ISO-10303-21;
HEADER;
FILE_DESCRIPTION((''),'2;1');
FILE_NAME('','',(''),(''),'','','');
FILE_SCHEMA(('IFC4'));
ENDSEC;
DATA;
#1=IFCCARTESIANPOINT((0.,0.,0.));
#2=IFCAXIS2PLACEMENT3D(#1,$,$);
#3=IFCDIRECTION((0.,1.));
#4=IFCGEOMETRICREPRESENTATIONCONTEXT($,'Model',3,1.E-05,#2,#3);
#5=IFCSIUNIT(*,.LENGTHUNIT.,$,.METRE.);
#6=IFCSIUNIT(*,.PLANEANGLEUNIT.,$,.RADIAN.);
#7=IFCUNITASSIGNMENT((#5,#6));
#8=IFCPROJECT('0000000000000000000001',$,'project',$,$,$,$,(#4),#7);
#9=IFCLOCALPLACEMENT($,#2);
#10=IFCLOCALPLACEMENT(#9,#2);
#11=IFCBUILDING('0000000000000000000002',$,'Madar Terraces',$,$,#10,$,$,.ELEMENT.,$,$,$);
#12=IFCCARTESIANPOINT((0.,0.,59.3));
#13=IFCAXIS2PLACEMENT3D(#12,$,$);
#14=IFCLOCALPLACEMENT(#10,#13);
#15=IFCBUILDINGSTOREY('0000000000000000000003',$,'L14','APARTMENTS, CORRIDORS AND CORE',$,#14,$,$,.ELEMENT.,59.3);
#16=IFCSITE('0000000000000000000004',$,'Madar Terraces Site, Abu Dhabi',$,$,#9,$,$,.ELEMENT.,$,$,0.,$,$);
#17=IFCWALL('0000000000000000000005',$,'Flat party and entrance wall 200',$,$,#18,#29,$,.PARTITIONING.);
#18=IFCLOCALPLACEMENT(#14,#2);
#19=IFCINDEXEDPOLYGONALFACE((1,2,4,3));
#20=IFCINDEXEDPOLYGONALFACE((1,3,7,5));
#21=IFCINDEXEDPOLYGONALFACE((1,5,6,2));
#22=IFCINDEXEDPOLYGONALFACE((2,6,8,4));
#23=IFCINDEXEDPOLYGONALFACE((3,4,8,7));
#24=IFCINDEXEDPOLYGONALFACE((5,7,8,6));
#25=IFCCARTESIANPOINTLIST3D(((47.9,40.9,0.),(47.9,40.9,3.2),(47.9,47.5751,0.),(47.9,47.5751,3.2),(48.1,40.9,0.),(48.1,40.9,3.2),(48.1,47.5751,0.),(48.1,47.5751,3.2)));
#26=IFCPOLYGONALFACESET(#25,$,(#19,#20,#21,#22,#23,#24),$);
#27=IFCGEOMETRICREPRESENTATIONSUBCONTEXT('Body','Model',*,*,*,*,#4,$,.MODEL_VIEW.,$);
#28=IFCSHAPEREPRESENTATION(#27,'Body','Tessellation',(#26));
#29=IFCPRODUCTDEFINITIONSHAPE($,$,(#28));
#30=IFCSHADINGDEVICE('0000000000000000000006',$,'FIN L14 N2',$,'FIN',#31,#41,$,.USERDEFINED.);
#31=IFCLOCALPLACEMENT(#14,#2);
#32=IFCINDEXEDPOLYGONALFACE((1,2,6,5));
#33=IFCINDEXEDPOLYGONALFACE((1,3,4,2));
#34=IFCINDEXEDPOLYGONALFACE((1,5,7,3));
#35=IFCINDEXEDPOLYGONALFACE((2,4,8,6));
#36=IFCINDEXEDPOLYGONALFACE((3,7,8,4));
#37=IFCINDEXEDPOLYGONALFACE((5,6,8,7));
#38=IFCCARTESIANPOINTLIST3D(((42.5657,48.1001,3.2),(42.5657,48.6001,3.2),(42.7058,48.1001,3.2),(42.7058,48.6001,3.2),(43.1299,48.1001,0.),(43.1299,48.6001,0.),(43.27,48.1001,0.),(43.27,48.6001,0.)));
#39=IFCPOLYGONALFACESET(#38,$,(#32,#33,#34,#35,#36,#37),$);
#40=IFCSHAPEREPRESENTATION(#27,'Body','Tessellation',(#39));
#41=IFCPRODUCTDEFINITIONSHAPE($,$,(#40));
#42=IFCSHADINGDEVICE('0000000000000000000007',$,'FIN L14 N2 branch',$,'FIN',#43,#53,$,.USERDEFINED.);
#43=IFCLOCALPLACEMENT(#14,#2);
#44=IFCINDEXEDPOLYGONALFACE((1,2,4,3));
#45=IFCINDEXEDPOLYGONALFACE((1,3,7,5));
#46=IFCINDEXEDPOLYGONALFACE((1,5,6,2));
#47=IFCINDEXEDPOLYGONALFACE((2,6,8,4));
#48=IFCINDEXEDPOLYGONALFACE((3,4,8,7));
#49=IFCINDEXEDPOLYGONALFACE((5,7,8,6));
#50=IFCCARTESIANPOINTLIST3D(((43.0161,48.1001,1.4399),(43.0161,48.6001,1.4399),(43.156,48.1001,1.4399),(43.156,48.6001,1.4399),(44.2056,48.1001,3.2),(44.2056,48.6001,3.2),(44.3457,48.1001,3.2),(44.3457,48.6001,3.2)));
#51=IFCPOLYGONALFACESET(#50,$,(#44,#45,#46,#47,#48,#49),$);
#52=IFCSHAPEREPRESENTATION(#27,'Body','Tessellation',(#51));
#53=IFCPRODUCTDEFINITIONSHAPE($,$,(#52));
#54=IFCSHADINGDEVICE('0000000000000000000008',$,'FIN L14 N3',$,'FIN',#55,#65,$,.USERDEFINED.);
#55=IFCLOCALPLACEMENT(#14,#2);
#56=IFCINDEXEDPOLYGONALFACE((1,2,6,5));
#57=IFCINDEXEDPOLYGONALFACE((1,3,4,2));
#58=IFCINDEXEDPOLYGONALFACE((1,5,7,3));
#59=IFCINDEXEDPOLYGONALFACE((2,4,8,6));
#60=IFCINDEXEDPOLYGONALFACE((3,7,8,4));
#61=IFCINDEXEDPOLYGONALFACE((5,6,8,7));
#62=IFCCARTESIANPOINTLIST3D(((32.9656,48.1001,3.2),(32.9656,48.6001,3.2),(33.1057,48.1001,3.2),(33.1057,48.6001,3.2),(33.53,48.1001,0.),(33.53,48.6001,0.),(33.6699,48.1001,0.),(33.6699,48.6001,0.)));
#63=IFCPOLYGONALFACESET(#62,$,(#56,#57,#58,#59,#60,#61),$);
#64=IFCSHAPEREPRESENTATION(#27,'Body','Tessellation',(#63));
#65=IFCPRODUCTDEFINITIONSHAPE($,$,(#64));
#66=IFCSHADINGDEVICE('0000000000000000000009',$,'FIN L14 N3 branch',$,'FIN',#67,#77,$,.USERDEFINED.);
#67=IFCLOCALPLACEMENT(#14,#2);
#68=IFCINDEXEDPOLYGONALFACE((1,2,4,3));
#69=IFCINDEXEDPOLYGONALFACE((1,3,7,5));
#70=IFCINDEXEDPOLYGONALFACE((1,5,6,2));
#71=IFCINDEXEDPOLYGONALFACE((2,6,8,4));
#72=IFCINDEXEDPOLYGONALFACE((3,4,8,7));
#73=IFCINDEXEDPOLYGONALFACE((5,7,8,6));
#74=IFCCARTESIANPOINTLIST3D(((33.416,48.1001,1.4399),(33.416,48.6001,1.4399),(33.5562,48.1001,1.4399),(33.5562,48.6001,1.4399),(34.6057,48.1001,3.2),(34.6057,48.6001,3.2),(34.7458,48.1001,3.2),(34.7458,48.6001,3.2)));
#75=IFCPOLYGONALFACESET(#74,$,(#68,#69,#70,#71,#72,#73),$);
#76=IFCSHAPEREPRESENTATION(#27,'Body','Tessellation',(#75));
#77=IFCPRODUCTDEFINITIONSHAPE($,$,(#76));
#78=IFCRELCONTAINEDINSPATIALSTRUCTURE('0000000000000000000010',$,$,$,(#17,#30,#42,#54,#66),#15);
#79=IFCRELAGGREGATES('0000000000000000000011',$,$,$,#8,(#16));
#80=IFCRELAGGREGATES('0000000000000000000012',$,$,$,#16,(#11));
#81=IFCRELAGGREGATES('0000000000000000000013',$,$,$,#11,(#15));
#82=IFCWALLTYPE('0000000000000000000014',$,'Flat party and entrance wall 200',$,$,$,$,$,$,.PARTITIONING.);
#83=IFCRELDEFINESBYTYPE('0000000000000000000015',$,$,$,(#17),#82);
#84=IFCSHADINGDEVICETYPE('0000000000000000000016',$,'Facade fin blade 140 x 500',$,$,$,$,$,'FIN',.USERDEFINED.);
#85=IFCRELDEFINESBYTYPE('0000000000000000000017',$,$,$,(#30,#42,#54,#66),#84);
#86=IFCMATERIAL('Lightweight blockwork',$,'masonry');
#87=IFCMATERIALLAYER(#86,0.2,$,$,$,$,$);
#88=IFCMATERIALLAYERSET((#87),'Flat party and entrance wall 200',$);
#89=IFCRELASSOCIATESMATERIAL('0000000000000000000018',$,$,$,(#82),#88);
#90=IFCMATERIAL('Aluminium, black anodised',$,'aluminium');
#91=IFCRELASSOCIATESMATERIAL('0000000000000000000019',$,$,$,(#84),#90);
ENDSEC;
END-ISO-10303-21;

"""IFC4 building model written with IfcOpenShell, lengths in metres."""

from ifc_helpers import new_model, si_unit, direction, frame, frame_2d, origin, place, context, subcontext, project, spatial, polyline, rectangle, outline, extrude, material, layer, layer_set, type_object, element, save


model = new_model("IFC4")

# Units and contexts
model_context = context("Model", 3, precision=1e-05, world=origin(), true_north=direction((0.0, 1.0)))
body_context = subcontext(model_context, "Body", "Model", "MODEL_VIEW")
ifc_project = project(units=[si_unit("LENGTHUNIT", "METRE"), si_unit("PLANEANGLEUNIT", "RADIAN")], contexts=[model_context])

# Site, building, storey
site_placement = place(None, origin())
site = spatial("IfcSite", under=ifc_project, at=site_placement, Name="Madar Terraces Site, Abu Dhabi", CompositionType="ELEMENT", RefElevation=0.0)
building_placement = place(site_placement, origin())
building = spatial("IfcBuilding", under=site, at=building_placement, Name="Madar Terraces", CompositionType="ELEMENT")
storey_placement = place(building_placement, frame((0.0, 0.0, 59.3)))
storey = spatial("IfcBuildingStorey", under=building, at=storey_placement, Name="L14", Description="APARTMENTS, CORRIDORS AND CORE", CompositionType="ELEMENT", Elevation=59.3)

# Wall
ifc_material_1 = material(Name="Lightweight blockwork", Category="masonry")
ifc_layer_1 = layer(ifc_material_1, 0.2)
ifc_layer_set_1 = layer_set([ifc_layer_1], Name="Flat party and entrance wall 200")
wall_type_1 = type_object("IfcWallType", Name="Flat party and entrance wall 200", PredefinedType="PARTITIONING", material=ifc_layer_set_1)
wall_1_placement = place(storey_placement, frame((48.0, 47.575, 0.0), z_axis=(0.0, 0.0, 1.0), x_axis=(0.0, -1.0, 0.0)))
element("IfcWall", 1, at=wall_1_placement, inside=storey, type_object=wall_type_1, Name="Flat party and entrance wall 200", PredefinedType="PARTITIONING", context=body_context, shape_type="SweptSolid", body=[
    extrude(rectangle(XDim=6.675, YDim=0.2, at=frame_2d((3.3374, 0.0))), origin(), (0.0, 0.0, 1.0), 3.2),
])

# Shading devices
ifc_material_2 = material(Name="Aluminium, black anodised", Category="aluminium")
shading_device_type = type_object("IfcShadingDeviceType", Name="Facade fin blade 140 x 500", ElementType="FIN", PredefinedType="USERDEFINED", material=ifc_material_2)
shading_device_1_placement = place(storey_placement, frame((43.27, 48.3501, 0.0), z_axis=(0.0, 0.0, 1.0), x_axis=(-1.0, 0.0, 0.0)))
element("IfcShadingDevice", 2, at=shading_device_1_placement, inside=storey, type_object=shading_device_type, Name="FIN L14 N2", ObjectType="FIN", PredefinedType="USERDEFINED", context=body_context, shape_type="SweptSolid", body=[
    extrude(outline(polyline([(0.0, 0.0), (0.1401, 0.0), (0.7043, 3.2), (0.5642, 3.2), (0.0, 0.0)])), frame((0.0, 0.25, 0.0), z_axis=(0.0, -1.0, 0.0), x_axis=(1.0, 0.0, 0.0)), (0.0, 0.0, 1.0), 0.5),
])
shading_device_2_placement = place(storey_placement, frame((43.156, 48.3501, 1.4399), z_axis=(0.0, 0.0, 1.0), x_axis=(-1.0, 0.0, 0.0)))
element("IfcShadingDevice", 3, at=shading_device_2_placement, inside=storey, type_object=shading_device_type, Name="FIN L14 N2 branch", ObjectType="FIN", PredefinedType="USERDEFINED", context=body_context, shape_type="SweptSolid", body=[
    extrude(outline(polyline([(0.0, 0.0), (0.1399, 0.0), (-1.0496, 1.76), (-1.1897, 1.76), (0.0, 0.0)])), frame((0.0, 0.25, 0.0), z_axis=(0.0, -1.0, 0.0), x_axis=(1.0, 0.0, 0.0)), (0.0, 0.0, 1.0), 0.5),
])
shading_device_3_placement = place(storey_placement, frame((33.6699, 48.3501, 0.0), z_axis=(0.0, 0.0, 1.0), x_axis=(-1.0, 0.0, 0.0)))
element("IfcShadingDevice", 4, at=shading_device_3_placement, inside=storey, type_object=shading_device_type, Name="FIN L14 N3", ObjectType="FIN", PredefinedType="USERDEFINED", context=body_context, shape_type="SweptSolid", body=[
    extrude(outline(polyline([(0.0, 0.0), (0.1399, 0.0), (0.7043, 3.2), (0.5642, 3.2), (0.0, 0.0)])), frame((0.0, 0.25, 0.0), z_axis=(0.0, -1.0, 0.0), x_axis=(1.0, 0.0, 0.0)), (0.0, 0.0, 1.0), 0.5),
])
shading_device_4_placement = place(storey_placement, frame((33.5562, 48.3501, 1.4399), z_axis=(0.0, 0.0, 1.0), x_axis=(-1.0, 0.0, 0.0)))
element("IfcShadingDevice", 5, at=shading_device_4_placement, inside=storey, type_object=shading_device_type, Name="FIN L14 N3 branch", ObjectType="FIN", PredefinedType="USERDEFINED", context=body_context, shape_type="SweptSolid", body=[
    extrude(outline(polyline([(0.0, 0.0), (0.1401, 0.0), (-1.0496, 1.76), (-1.1897, 1.76), (0.0, 0.0)])), frame((0.0, 0.25, 0.0), z_axis=(0.0, -1.0, 0.0), x_axis=(1.0, 0.0, 0.0)), (0.0, 0.0, 1.0), 0.5),
])

save(model, "model.ifc")
